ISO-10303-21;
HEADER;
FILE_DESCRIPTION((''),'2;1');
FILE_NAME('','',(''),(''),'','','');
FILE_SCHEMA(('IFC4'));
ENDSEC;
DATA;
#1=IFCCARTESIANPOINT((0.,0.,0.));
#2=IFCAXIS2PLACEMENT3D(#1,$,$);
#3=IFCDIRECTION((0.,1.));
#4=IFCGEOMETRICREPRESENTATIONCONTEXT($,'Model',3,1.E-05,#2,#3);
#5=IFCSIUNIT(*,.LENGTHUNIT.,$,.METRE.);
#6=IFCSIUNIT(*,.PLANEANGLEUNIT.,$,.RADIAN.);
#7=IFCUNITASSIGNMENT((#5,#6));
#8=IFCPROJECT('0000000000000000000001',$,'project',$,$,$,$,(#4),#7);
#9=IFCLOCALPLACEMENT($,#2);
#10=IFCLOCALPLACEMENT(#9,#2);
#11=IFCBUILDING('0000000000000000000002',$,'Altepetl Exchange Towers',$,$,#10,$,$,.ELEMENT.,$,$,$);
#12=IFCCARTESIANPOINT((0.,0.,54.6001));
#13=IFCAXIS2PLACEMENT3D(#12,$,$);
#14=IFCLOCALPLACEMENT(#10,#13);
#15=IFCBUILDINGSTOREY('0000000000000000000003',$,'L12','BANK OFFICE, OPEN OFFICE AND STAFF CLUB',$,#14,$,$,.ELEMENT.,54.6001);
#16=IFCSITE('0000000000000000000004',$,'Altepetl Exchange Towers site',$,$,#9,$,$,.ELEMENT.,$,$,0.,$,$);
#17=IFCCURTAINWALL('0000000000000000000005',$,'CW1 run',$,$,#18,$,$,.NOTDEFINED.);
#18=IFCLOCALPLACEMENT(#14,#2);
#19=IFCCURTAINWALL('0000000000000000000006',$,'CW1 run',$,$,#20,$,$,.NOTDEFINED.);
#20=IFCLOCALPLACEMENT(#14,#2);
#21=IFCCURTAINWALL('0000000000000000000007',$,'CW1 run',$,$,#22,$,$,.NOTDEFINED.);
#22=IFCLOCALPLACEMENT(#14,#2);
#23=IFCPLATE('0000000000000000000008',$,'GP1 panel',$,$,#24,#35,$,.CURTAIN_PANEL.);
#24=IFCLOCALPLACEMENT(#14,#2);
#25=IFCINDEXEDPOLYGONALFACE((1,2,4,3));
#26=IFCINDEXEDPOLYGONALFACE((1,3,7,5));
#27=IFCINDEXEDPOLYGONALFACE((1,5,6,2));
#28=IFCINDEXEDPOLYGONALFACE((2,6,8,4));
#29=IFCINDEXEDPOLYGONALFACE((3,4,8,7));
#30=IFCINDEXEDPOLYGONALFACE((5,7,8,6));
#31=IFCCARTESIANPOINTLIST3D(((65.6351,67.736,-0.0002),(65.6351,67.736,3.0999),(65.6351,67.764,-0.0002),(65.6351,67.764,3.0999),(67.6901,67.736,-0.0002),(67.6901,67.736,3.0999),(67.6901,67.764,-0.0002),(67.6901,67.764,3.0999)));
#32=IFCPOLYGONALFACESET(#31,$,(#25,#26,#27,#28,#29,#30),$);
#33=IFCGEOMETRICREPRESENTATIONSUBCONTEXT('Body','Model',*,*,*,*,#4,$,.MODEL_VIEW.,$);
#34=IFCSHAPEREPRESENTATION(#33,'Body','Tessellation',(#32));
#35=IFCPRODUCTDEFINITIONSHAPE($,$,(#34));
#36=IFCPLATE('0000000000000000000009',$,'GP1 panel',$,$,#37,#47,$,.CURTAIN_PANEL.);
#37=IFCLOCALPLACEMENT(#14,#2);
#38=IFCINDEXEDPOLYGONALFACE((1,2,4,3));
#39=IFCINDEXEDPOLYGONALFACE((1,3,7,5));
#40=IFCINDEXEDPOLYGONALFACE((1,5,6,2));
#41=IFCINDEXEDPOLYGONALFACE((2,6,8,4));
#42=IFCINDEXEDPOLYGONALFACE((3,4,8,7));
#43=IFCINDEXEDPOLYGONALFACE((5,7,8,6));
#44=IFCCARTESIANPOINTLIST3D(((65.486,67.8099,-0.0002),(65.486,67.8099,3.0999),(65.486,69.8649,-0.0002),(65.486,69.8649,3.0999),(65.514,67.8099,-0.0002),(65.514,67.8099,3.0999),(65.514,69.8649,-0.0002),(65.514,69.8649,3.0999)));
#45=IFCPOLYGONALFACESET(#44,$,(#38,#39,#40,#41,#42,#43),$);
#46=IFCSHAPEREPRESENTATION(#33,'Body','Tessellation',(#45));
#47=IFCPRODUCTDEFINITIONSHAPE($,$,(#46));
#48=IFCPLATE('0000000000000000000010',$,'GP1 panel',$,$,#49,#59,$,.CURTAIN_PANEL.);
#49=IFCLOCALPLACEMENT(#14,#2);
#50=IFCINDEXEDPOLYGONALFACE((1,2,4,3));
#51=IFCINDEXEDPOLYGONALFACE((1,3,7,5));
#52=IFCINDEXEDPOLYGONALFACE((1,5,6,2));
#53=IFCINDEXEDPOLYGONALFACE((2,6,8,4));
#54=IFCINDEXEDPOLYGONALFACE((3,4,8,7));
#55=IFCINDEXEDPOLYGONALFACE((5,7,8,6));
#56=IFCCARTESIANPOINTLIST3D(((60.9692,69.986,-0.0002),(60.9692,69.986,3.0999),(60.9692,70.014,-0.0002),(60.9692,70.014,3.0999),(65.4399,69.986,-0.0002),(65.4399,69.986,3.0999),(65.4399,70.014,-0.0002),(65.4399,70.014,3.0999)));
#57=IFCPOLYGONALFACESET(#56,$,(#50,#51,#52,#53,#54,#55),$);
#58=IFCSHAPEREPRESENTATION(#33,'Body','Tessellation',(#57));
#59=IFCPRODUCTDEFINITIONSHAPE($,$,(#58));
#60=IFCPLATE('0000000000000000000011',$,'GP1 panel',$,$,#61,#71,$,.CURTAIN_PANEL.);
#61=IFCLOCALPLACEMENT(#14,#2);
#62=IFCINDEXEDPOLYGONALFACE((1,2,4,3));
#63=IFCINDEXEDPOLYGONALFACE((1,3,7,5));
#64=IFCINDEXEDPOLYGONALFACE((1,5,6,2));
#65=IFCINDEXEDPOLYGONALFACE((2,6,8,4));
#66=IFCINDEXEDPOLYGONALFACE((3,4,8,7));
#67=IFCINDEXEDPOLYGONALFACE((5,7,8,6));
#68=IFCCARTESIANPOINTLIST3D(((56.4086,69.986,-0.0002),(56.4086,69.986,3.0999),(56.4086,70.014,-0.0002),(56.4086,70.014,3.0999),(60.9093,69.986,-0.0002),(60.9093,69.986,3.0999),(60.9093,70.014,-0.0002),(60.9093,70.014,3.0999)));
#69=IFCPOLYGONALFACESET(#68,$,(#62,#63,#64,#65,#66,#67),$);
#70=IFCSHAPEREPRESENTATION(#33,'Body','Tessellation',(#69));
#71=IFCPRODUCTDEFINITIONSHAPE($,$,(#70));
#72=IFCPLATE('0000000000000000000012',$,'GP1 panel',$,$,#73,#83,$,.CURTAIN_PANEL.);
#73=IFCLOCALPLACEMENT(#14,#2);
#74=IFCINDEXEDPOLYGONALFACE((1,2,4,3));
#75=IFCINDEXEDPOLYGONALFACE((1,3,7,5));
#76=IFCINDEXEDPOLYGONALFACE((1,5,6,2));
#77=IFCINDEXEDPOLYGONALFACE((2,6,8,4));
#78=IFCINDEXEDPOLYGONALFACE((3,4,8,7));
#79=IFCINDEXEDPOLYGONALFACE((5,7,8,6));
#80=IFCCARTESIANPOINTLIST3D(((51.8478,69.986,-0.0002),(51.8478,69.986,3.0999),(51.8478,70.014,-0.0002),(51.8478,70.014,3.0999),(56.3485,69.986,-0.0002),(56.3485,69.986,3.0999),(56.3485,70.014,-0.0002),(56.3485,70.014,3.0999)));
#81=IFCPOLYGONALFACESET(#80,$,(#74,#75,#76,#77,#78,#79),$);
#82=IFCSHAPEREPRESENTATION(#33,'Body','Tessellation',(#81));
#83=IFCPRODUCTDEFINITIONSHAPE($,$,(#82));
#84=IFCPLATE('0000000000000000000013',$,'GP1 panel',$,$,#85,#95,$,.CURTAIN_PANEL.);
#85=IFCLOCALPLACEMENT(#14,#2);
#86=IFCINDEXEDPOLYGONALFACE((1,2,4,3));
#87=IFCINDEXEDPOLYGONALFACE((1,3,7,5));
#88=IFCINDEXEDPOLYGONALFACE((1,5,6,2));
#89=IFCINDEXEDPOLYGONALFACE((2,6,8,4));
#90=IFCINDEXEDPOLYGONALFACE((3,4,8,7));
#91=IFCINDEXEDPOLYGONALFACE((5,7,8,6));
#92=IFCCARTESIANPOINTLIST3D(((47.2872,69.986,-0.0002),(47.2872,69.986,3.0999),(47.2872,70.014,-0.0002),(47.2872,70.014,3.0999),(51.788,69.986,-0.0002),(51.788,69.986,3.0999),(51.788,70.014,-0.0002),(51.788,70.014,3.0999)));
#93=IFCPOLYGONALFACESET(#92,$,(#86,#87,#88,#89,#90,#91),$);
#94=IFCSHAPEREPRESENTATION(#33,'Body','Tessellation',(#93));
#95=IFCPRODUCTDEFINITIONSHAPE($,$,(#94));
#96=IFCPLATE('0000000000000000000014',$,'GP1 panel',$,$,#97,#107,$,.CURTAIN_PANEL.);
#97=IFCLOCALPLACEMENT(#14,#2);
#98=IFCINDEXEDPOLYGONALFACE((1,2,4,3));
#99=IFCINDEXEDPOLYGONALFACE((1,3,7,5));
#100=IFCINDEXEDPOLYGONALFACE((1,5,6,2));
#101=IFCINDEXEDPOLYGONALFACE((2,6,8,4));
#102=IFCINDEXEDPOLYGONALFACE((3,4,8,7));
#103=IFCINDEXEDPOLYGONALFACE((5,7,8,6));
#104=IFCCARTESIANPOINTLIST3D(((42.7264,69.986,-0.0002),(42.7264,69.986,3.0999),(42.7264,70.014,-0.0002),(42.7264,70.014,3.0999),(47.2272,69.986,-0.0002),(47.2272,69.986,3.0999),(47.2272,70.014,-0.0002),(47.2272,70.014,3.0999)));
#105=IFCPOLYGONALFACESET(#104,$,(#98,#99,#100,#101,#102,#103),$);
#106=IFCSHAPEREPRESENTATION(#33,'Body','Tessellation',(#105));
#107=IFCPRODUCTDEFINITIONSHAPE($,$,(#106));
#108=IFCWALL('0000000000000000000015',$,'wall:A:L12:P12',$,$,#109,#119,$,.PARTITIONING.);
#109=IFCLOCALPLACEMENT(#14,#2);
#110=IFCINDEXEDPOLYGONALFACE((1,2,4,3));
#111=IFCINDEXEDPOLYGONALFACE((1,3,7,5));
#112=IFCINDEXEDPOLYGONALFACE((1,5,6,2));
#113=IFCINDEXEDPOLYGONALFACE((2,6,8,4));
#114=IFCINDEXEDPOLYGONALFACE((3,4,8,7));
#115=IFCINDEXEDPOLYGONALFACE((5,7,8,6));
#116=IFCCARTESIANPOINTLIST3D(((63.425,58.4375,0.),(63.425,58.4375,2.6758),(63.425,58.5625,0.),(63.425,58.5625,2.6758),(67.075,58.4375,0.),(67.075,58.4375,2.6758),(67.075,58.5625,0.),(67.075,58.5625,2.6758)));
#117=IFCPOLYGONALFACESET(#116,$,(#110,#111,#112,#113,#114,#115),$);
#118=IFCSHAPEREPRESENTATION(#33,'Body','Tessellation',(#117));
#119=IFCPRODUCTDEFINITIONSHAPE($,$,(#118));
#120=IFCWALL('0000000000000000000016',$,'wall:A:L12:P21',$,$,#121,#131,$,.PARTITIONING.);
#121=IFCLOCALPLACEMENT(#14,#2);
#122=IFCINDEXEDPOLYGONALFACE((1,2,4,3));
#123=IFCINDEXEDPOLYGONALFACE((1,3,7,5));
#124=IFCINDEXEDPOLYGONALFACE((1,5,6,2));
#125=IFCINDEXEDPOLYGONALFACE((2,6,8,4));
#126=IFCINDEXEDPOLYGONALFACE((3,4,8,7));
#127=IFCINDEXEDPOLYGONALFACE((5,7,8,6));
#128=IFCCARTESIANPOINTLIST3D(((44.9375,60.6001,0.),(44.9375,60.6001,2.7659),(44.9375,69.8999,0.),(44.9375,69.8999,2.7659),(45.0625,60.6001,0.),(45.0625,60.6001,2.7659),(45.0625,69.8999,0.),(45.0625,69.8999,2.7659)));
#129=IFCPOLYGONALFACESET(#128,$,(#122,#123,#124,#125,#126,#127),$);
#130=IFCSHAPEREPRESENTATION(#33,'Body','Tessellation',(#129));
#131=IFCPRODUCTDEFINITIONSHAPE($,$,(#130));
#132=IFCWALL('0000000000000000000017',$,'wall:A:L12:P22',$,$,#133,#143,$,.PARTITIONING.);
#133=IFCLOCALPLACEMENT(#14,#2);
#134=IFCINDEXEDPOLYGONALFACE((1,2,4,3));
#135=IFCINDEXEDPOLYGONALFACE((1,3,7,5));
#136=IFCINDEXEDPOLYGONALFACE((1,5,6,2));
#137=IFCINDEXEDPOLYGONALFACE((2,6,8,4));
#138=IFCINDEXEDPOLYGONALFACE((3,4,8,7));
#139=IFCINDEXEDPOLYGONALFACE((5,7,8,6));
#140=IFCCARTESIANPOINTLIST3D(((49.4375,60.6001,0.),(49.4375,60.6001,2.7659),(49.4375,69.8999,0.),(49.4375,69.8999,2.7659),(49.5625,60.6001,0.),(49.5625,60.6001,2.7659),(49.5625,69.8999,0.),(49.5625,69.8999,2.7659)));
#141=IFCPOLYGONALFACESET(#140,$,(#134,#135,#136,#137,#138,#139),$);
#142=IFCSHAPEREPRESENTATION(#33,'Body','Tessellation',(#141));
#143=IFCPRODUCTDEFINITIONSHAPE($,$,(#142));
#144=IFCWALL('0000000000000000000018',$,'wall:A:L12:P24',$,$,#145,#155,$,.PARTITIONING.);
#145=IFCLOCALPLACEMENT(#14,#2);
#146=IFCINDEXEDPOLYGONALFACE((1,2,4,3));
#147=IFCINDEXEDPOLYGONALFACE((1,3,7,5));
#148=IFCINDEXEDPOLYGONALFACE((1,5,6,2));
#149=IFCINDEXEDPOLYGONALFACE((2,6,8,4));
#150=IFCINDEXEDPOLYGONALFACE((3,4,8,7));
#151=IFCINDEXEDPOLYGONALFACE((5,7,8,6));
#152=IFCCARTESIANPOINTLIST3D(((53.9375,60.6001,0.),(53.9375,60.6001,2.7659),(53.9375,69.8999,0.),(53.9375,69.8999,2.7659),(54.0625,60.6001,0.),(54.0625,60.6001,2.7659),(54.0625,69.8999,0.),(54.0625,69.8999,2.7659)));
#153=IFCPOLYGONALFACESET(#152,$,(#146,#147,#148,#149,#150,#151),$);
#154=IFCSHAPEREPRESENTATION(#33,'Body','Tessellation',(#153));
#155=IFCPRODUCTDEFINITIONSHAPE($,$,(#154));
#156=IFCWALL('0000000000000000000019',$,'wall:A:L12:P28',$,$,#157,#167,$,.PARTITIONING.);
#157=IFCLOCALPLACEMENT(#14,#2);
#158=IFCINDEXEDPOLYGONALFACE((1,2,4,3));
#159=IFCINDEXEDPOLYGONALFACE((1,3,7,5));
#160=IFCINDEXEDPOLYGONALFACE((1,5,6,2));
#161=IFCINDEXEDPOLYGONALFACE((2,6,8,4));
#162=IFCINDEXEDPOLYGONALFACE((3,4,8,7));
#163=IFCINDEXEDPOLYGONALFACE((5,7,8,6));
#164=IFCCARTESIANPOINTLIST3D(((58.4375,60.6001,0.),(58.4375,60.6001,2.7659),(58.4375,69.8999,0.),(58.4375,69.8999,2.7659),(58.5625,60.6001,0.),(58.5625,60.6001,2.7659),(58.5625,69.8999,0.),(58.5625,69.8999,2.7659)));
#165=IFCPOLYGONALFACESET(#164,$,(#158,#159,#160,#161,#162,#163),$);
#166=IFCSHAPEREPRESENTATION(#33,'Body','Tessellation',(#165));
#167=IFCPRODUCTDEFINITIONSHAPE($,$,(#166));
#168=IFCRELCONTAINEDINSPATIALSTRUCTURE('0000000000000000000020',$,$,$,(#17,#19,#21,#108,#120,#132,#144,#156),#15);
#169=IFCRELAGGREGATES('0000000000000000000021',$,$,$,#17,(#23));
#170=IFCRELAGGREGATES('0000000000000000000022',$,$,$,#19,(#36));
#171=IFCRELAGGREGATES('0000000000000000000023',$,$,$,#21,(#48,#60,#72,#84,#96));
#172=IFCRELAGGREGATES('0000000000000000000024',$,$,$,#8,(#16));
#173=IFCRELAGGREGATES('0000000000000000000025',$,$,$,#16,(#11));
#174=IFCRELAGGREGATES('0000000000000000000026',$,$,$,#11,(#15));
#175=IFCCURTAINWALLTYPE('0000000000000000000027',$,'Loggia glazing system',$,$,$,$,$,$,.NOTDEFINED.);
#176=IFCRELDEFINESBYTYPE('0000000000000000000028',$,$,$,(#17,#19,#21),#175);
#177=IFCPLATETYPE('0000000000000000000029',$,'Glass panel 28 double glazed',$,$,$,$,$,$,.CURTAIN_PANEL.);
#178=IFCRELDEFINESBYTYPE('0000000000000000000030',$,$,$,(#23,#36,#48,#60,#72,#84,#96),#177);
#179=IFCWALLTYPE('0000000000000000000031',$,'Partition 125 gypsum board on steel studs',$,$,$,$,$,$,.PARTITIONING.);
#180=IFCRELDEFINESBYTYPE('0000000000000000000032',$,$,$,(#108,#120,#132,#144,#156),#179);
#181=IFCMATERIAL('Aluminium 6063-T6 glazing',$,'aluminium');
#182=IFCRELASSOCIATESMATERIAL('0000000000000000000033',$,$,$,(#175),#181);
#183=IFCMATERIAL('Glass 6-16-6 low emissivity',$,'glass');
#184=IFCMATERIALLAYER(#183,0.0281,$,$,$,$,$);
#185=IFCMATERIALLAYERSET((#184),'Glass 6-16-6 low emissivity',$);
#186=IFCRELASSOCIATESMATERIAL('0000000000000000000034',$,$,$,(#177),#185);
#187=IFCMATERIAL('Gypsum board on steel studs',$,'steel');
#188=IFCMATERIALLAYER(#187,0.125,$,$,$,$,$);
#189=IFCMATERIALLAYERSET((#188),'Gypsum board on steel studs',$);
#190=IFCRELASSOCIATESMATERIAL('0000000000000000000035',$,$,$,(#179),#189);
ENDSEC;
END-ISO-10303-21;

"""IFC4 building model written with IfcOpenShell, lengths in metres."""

from ifc_helpers import new_model, si_unit, direction, frame, frame_2d, origin, origin_2d, place, context, subcontext, project, spatial, rectangle, extrude, material, layer, layer_set, type_object, element, aggregate, save


model = new_model("IFC4")

# Units and contexts
model_context = context("Model", 3, precision=1e-05, world=origin(), true_north=direction((0.0, 1.0)))
body_context = subcontext(model_context, "Body", "Model", "MODEL_VIEW")
ifc_project = project(units=[si_unit("LENGTHUNIT", "METRE"), si_unit("PLANEANGLEUNIT", "RADIAN")], contexts=[model_context])

# Site, building, storey
site_placement = place(None, origin())
site = spatial("IfcSite", under=ifc_project, at=site_placement, Name="Altepetl Exchange Towers site", CompositionType="ELEMENT", RefElevation=0.0)
building_placement = place(site_placement, origin())
building = spatial("IfcBuilding", under=site, at=building_placement, Name="Altepetl Exchange Towers", CompositionType="ELEMENT")
storey_placement = place(building_placement, frame((0.0, 0.0, 54.6001)))
storey = spatial("IfcBuildingStorey", under=building, at=storey_placement, Name="L12", Description="BANK OFFICE, OPEN OFFICE AND STAFF CLUB", CompositionType="ELEMENT", Elevation=54.6001)

# Curtain wall
ifc_material_1 = material(Name="Aluminium 6063-T6 glazing", Category="aluminium")
curtain_wall_type = type_object("IfcCurtainWallType", Name="Loggia glazing system", PredefinedType="NOTDEFINED", material=ifc_material_1)
curtain_wall_1_placement = place(storey_placement, origin())
curtain_wall_1 = element("IfcCurtainWall", 1, at=curtain_wall_1_placement, inside=storey, type_object=curtain_wall_type, Name="CW1 run", PredefinedType="NOTDEFINED")

# Curtain walls
curtain_wall_2_placement = place(storey_placement, origin())
curtain_wall_2 = element("IfcCurtainWall", 2, at=curtain_wall_2_placement, inside=storey, type_object=curtain_wall_type, Name="CW1 run", PredefinedType="NOTDEFINED")
curtain_wall_3_placement = place(storey_placement, origin())
curtain_wall_3 = element("IfcCurtainWall", 3, at=curtain_wall_3_placement, inside=storey, type_object=curtain_wall_type, Name="CW1 run", PredefinedType="NOTDEFINED")

# Plates
ifc_material_2 = material(Name="Glass 6-16-6 low emissivity", Category="glass")
ifc_layer_1 = layer(ifc_material_2, 0.0281)
ifc_layer_set_1 = layer_set([ifc_layer_1], Name="Glass 6-16-6 low emissivity")
plate_type = type_object("IfcPlateType", Name="Glass panel 28 double glazed", PredefinedType="CURTAIN_PANEL", material=ifc_layer_set_1)
plate_1_placement = place(storey_placement, frame((66.6626, 67.75, -0.0002), z_axis=(0.0, 0.0, 1.0), x_axis=(-1.0, 0.0, 0.0)))
plate_1 = element("IfcPlate", 4, at=plate_1_placement, type_object=plate_type, Name="GP1 panel", PredefinedType="CURTAIN_PANEL", context=body_context, shape_type="SweptSolid", body=[
    extrude(rectangle(XDim=2.0549, YDim=0.0281, at=origin_2d()), origin(), (0.0, 0.0, 1.0), 3.1001),
])
aggregate(curtain_wall_1, [plate_1])
plate_2_placement = place(storey_placement, frame((65.5, 68.8374, -0.0002), z_axis=(0.0, 0.0, 1.0), x_axis=(0.0, 1.0, 0.0)))
plate_2 = element("IfcPlate", 5, at=plate_2_placement, type_object=plate_type, Name="GP1 panel", PredefinedType="CURTAIN_PANEL", context=body_context, shape_type="SweptSolid", body=[
    extrude(rectangle(XDim=2.0549, YDim=0.0281, at=origin_2d()), origin(), (0.0, 0.0, 1.0), 3.1001),
])
aggregate(curtain_wall_2, [plate_2])
plate_3_placement = place(storey_placement, frame((63.2046, 70.0, -0.0002), z_axis=(0.0, 0.0, 1.0), x_axis=(-1.0, 0.0, 0.0)))
plate_3 = element("IfcPlate", 6, at=plate_3_placement, type_object=plate_type, Name="GP1 panel", PredefinedType="CURTAIN_PANEL", context=body_context, shape_type="SweptSolid", body=[
    extrude(rectangle(XDim=4.4707, YDim=0.0281, at=origin_2d()), origin(), (0.0, 0.0, 1.0), 3.1001),
])
plate_4_placement = place(storey_placement, frame((58.6589, 70.0, -0.0002), z_axis=(0.0, 0.0, 1.0), x_axis=(-1.0, 0.0, 0.0)))
plate_4 = element("IfcPlate", 7, at=plate_4_placement, type_object=plate_type, Name="GP1 panel", PredefinedType="CURTAIN_PANEL", context=body_context, shape_type="SweptSolid", body=[
    extrude(rectangle(XDim=4.5007, YDim=0.0281, at=origin_2d()), origin(), (0.0, 0.0, 1.0), 3.1001),
])
plate_5_placement = place(storey_placement, frame((54.0981, 70.0, -0.0002), z_axis=(0.0, 0.0, 1.0), x_axis=(-1.0, 0.0, 0.0)))
plate_5 = element("IfcPlate", 8, at=plate_5_placement, type_object=plate_type, Name="GP1 panel", PredefinedType="CURTAIN_PANEL", context=body_context, shape_type="SweptSolid", body=[
    extrude(rectangle(XDim=4.5007, YDim=0.0281, at=origin_2d()), origin(), (0.0, 0.0, 1.0), 3.1001),
])
plate_6_placement = place(storey_placement, frame((49.5376, 70.0, -0.0002), z_axis=(0.0, 0.0, 1.0), x_axis=(-1.0, 0.0, 0.0)))
plate_6 = element("IfcPlate", 9, at=plate_6_placement, type_object=plate_type, Name="GP1 panel", PredefinedType="CURTAIN_PANEL", context=body_context, shape_type="SweptSolid", body=[
    extrude(rectangle(XDim=4.5007, YDim=0.0281, at=origin_2d()), origin(), (0.0, 0.0, 1.0), 3.1001),
])
plate_7_placement = place(storey_placement, frame((44.9768, 70.0, -0.0002), z_axis=(0.0, 0.0, 1.0), x_axis=(-1.0, 0.0, 0.0)))
plate_7 = element("IfcPlate", 10, at=plate_7_placement, type_object=plate_type, Name="GP1 panel", PredefinedType="CURTAIN_PANEL", context=body_context, shape_type="SweptSolid", body=[
    extrude(rectangle(XDim=4.5007, YDim=0.0281, at=origin_2d()), origin(), (0.0, 0.0, 1.0), 3.1001),
])
aggregate(curtain_wall_3, [plate_3, plate_4, plate_5, plate_6, plate_7])

# Walls
ifc_material_3 = material(Name="Gypsum board on steel studs", Category="steel")
ifc_layer_2 = layer(ifc_material_3, 0.125)
ifc_layer_set_2 = layer_set([ifc_layer_2], Name="Gypsum board on steel studs")
wall_type = type_object("IfcWallType", Name="Partition 125 gypsum board on steel studs", PredefinedType="PARTITIONING", material=ifc_layer_set_2)
wall_placement = place(storey_placement, frame((63.425, 58.5, 0.0)))
element("IfcWall", 11, at=wall_placement, inside=storey, type_object=wall_type, Name="wall:A:L12:P12", PredefinedType="PARTITIONING", context=body_context, shape_type="SweptSolid", body=[
    extrude(rectangle(XDim=3.6499, YDim=0.125, at=frame_2d((1.825, 0.0))), origin(), (0.0, 0.0, 1.0), 2.6758),
])
for number, where, z_axis, x_axis, name in (
    (12, (45.0, 60.6001, 0.0), (0.0, 0.0, 1.0), (0.0, 1.0, 0.0), "wall:A:L12:P21"),
    (13, (49.5, 60.6001, 0.0), (0.0, 0.0, 1.0), (0.0, 1.0, 0.0), "wall:A:L12:P22"),
    (14, (54.0, 60.6001, 0.0), (0.0, 0.0, 1.0), (0.0, 1.0, 0.0), "wall:A:L12:P24"),
    (15, (58.5, 60.6001, 0.0), (0.0, 0.0, 1.0), (0.0, 1.0, 0.0), "wall:A:L12:P28"),
):
    element("IfcWall", number, at=place(storey_placement, frame(where, z_axis=z_axis, x_axis=x_axis)), inside=storey, type_object=wall_type, Name=name, PredefinedType="PARTITIONING", context=body_context, shape_type="SweptSolid", body=[
        extrude(rectangle(XDim=9.2998, YDim=0.125, at=frame_2d((4.6499, 0.0))), origin(), (0.0, 0.0, 1.0), 2.7659),
    ])

save(model, "model.ifc")
